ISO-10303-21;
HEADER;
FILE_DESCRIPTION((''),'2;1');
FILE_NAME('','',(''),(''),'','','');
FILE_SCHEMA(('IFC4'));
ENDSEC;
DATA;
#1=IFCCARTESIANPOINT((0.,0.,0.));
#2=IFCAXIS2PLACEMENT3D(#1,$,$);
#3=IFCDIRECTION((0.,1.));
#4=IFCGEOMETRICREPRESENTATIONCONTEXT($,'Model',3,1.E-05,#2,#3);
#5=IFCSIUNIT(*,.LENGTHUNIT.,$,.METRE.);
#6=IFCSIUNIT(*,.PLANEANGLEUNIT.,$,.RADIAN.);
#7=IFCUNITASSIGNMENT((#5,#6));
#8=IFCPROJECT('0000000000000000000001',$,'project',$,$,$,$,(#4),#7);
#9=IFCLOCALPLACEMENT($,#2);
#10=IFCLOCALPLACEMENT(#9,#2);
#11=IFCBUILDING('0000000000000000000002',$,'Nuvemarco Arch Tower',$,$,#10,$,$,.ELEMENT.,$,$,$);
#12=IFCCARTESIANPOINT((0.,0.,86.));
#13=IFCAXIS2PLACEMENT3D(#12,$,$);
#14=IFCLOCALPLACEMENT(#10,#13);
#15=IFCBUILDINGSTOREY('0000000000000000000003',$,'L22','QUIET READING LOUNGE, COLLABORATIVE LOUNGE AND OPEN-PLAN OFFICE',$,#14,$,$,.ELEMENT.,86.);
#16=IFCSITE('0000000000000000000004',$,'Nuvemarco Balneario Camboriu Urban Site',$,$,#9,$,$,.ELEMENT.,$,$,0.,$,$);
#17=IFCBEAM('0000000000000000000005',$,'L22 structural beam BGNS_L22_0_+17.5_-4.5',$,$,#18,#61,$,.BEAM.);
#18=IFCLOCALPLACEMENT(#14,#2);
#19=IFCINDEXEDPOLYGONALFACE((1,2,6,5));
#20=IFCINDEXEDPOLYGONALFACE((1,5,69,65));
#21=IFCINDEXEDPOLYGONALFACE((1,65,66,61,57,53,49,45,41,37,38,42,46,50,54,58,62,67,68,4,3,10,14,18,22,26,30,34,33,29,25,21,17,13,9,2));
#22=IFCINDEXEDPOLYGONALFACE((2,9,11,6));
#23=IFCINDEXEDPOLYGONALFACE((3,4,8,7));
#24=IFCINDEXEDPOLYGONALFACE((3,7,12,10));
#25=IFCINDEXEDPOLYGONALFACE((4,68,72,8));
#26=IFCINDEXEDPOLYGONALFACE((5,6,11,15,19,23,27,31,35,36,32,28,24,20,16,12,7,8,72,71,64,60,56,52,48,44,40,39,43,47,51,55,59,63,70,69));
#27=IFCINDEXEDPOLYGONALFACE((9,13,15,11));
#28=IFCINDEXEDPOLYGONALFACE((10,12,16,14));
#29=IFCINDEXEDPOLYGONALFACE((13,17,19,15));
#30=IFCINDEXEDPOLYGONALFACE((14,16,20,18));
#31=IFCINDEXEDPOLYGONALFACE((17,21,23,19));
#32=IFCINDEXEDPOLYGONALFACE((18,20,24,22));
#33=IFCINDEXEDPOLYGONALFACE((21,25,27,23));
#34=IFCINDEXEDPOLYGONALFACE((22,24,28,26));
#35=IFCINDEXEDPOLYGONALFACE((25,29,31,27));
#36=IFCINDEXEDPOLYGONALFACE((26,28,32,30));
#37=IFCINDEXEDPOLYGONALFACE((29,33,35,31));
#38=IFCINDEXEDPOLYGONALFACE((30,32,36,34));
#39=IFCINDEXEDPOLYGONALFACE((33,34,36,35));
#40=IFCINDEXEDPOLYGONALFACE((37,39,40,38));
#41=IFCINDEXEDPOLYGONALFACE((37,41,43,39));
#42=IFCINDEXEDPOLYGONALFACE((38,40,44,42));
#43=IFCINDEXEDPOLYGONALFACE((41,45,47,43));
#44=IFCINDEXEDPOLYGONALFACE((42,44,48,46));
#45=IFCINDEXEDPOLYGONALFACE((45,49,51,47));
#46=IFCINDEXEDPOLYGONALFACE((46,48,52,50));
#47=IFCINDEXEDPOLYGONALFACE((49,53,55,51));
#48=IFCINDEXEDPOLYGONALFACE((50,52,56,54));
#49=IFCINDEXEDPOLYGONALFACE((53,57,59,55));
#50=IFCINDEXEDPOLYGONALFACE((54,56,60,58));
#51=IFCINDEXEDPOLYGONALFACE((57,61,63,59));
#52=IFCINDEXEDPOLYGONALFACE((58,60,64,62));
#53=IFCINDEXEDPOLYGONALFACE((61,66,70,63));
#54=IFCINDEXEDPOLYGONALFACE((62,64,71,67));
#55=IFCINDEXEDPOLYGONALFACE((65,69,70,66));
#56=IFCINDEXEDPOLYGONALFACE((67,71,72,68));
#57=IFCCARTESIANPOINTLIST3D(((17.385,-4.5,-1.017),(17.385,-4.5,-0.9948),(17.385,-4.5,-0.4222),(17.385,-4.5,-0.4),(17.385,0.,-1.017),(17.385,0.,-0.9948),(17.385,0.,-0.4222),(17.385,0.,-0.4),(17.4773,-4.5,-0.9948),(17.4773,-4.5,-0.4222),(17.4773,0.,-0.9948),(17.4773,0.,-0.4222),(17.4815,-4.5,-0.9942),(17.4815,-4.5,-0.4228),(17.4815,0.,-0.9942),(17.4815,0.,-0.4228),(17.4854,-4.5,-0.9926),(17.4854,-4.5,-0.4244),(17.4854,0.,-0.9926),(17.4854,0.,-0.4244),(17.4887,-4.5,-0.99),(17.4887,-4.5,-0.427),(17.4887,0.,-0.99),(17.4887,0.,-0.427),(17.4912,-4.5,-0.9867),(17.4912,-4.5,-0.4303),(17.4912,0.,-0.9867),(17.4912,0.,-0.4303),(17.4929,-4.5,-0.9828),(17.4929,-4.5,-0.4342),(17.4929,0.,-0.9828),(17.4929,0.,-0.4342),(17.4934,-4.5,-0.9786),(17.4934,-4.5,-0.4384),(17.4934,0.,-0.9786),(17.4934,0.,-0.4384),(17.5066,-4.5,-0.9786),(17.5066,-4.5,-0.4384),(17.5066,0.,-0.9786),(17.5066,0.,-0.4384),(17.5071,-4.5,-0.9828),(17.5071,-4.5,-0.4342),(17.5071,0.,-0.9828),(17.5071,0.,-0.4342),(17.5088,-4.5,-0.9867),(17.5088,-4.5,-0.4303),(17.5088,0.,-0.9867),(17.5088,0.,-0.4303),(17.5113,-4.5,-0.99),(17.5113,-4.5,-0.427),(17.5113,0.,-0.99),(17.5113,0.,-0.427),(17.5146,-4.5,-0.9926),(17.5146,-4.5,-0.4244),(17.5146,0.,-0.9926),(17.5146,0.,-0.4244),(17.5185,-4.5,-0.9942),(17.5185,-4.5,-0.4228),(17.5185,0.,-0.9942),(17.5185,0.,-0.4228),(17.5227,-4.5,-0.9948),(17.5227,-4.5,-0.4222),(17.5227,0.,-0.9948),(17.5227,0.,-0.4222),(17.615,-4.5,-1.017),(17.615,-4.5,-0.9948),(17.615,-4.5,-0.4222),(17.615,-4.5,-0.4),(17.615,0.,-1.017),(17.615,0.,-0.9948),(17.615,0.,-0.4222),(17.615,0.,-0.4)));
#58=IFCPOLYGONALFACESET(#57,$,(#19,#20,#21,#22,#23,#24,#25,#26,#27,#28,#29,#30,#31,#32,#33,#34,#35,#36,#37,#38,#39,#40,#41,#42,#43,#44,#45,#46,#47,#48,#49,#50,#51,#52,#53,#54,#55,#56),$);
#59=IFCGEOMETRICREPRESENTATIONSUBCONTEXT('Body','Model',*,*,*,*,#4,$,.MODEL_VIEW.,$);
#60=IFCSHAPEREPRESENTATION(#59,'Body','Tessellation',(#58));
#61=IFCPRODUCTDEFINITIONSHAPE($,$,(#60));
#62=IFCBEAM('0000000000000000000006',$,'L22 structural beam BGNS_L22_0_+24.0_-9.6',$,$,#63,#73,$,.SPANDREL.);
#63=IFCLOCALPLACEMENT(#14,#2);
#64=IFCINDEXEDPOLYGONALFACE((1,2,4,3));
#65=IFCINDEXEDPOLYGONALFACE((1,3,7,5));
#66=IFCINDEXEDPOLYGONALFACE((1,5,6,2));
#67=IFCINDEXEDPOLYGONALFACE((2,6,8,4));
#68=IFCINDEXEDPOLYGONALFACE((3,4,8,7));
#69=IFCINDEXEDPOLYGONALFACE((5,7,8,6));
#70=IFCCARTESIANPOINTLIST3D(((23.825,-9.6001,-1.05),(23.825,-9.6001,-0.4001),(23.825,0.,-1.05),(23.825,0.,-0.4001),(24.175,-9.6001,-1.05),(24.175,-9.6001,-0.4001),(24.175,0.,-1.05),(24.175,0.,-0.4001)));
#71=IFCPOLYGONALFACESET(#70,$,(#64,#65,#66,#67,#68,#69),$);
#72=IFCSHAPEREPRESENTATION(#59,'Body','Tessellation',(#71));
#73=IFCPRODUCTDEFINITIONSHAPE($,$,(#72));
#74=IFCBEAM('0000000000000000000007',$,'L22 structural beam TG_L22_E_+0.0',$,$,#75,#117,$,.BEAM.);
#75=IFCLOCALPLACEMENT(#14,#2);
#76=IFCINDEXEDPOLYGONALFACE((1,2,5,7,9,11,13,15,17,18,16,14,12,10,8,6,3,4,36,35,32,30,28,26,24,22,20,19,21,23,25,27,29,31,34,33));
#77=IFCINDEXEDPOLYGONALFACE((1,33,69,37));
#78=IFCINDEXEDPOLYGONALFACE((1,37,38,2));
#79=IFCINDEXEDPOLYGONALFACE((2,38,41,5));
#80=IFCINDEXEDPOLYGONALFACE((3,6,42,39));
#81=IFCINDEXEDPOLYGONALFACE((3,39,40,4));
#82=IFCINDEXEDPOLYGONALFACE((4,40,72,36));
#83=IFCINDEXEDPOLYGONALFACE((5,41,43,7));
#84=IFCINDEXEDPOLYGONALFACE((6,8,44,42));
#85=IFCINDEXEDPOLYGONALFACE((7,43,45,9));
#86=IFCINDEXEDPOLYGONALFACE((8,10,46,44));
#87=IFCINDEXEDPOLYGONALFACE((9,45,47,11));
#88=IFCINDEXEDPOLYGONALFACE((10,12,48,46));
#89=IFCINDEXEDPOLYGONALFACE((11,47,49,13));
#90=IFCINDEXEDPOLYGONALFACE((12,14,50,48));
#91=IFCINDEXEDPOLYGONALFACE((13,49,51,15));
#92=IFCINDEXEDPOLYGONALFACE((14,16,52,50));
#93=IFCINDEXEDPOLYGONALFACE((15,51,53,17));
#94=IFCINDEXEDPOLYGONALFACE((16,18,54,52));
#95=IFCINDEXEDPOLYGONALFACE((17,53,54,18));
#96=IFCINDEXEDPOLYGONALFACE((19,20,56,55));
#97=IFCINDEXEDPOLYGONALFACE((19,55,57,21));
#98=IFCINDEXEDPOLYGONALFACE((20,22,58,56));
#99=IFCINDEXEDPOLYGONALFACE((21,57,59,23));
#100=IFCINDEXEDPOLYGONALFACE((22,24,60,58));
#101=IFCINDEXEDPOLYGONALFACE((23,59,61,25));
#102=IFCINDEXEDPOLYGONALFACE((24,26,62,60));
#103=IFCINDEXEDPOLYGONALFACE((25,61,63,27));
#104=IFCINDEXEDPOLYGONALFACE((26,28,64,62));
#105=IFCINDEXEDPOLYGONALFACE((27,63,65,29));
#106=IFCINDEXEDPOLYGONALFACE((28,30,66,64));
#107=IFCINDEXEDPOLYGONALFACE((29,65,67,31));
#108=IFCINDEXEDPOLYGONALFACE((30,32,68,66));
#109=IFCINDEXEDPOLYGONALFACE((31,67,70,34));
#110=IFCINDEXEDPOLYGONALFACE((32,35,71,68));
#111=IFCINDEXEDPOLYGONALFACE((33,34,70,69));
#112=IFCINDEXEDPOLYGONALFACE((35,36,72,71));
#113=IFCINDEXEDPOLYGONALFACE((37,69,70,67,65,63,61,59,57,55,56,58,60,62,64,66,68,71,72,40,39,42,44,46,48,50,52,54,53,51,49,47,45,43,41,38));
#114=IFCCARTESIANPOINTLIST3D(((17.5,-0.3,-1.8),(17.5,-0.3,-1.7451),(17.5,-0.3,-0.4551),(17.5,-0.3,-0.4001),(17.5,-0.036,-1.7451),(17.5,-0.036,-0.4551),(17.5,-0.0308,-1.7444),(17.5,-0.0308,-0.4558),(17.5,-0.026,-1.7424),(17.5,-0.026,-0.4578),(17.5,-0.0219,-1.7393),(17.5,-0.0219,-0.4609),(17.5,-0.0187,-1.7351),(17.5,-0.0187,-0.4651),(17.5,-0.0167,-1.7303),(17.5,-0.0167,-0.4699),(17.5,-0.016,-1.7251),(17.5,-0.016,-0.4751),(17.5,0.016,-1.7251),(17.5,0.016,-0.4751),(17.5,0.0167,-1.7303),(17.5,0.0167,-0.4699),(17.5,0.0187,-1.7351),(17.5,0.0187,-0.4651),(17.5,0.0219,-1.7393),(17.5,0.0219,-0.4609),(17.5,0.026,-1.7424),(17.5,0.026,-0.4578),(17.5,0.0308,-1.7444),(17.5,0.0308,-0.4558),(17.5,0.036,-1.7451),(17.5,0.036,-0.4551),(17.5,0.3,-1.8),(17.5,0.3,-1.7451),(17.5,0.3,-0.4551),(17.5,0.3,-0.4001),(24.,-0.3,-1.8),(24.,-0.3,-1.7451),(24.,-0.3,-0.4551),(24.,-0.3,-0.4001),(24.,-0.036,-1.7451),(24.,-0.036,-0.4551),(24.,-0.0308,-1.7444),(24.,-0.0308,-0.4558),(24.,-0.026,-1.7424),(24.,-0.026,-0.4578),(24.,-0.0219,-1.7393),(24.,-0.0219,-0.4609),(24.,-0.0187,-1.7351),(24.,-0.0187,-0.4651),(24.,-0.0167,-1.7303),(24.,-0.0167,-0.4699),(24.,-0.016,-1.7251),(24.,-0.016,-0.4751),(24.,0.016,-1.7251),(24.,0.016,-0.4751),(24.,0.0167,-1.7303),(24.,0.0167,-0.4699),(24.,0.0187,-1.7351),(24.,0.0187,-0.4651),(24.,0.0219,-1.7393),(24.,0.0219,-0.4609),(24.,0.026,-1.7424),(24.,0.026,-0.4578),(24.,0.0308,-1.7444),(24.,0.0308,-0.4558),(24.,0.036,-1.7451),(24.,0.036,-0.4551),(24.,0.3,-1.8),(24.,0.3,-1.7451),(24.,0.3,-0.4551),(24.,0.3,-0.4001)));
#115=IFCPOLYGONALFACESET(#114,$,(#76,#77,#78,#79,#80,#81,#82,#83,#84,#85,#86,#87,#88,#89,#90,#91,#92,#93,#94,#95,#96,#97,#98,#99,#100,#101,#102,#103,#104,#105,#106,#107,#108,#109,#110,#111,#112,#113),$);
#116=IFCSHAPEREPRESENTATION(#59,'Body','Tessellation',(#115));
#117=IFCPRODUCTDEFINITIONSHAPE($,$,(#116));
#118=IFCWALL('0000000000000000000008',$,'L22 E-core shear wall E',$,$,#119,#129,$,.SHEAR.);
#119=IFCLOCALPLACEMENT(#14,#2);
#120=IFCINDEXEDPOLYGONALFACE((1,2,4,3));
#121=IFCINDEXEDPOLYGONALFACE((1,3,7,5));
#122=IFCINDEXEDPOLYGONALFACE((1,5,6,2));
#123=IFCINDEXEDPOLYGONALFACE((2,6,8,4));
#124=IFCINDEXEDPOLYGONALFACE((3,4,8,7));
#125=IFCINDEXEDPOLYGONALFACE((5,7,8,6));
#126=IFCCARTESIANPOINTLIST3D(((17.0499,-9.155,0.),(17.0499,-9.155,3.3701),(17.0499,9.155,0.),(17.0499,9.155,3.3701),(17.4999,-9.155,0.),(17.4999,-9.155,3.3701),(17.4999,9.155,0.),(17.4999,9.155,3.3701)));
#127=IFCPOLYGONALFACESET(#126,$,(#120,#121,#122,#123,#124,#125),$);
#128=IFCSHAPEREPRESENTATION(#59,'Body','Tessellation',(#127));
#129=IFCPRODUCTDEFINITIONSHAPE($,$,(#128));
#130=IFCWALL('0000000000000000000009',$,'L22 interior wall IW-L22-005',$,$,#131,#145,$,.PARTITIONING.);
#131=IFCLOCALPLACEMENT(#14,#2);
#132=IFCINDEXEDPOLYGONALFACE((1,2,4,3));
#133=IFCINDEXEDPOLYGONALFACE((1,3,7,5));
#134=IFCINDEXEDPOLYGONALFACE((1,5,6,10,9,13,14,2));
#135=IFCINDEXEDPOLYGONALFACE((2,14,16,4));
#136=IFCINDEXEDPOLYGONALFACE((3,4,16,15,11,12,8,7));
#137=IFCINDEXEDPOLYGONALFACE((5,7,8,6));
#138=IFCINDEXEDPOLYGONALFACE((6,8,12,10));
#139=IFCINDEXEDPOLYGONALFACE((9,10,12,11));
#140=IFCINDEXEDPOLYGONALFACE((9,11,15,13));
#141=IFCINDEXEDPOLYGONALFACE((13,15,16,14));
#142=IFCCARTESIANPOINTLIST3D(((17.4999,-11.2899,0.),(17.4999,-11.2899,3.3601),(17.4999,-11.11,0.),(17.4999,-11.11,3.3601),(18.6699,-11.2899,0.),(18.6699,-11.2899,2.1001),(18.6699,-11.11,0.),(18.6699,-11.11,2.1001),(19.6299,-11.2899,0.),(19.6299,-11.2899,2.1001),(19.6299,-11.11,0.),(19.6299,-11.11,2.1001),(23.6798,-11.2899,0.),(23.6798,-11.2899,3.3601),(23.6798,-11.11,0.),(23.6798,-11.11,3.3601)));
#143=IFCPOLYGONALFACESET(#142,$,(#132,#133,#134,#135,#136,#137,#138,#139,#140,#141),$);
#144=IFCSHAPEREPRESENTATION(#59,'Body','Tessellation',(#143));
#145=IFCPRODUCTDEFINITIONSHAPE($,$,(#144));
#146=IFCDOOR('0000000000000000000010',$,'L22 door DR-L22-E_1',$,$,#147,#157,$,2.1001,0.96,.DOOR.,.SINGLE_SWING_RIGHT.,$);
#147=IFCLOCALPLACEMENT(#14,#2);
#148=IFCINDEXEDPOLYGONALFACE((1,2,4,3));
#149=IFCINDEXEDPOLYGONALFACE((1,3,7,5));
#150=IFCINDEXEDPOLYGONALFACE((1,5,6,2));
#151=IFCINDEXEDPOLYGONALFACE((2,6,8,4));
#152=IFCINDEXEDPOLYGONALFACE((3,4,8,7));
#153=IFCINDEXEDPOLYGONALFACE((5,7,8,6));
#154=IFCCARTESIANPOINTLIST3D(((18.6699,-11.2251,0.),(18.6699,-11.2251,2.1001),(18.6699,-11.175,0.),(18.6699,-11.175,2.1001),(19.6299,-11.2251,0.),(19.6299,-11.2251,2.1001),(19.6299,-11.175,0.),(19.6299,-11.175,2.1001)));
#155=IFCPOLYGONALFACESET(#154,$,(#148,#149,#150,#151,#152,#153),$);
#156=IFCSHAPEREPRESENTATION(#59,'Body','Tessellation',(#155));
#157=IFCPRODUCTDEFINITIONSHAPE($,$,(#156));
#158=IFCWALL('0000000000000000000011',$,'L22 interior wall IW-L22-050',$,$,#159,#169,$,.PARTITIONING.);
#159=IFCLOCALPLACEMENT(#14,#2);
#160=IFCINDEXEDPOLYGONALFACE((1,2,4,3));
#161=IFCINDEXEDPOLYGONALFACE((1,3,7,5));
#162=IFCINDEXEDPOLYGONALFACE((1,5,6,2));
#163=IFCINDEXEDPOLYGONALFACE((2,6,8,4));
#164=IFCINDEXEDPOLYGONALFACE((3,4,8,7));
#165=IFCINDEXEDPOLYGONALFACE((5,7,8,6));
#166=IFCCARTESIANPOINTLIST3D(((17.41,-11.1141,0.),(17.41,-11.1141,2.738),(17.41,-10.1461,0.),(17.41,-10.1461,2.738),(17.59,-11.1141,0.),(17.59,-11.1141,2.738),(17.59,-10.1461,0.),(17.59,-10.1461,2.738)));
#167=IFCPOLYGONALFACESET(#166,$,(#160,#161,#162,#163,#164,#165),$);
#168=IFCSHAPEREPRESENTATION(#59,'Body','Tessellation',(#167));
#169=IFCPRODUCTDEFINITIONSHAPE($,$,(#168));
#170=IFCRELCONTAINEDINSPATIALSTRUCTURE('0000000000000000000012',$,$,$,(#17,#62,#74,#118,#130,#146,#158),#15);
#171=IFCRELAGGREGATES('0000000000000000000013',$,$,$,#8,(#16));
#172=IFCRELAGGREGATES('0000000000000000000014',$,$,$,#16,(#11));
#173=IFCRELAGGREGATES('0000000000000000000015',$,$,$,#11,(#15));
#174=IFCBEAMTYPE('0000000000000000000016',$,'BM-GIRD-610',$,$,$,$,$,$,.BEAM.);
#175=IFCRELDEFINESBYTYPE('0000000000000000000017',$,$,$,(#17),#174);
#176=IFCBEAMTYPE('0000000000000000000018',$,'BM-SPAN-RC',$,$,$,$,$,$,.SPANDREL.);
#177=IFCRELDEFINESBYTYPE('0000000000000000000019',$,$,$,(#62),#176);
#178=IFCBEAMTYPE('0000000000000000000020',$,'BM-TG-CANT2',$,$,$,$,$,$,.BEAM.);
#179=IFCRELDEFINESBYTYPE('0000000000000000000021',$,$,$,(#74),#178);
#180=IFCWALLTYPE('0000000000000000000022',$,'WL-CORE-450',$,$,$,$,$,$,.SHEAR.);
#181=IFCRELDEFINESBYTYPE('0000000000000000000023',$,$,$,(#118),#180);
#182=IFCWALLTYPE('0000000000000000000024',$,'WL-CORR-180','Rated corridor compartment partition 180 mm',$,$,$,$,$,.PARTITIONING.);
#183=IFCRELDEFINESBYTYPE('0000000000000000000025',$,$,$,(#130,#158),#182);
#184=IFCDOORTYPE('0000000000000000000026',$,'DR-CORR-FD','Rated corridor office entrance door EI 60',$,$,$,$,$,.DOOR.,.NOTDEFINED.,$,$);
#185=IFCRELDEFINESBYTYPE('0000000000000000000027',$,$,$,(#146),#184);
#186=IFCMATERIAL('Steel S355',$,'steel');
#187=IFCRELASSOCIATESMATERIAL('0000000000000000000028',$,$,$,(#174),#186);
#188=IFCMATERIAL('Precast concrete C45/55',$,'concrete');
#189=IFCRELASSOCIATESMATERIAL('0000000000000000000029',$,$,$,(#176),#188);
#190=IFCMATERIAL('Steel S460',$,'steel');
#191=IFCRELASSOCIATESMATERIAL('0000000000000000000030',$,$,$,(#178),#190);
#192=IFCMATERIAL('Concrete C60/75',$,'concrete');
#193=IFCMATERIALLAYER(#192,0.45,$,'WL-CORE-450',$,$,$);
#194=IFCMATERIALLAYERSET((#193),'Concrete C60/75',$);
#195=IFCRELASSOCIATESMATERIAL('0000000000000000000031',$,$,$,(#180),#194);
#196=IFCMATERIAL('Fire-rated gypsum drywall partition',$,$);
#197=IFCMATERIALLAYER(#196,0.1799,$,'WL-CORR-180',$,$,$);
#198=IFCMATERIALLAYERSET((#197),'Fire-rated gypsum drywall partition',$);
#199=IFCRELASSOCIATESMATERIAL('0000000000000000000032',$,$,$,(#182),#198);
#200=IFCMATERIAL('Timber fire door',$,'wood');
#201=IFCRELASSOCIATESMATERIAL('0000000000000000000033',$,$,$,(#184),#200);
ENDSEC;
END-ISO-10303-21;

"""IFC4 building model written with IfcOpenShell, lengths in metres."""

from ifc_helpers import new_model, si_unit, direction, frame, frame_2d, origin, origin_2d, place, context, subcontext, project, spatial, rectangle, i_section, extrude, source, transform, mapped, material, layer, layer_set, material_profile, profile_set, type_object, type_shapes, element, fill, save


model = new_model("IFC4")

# Units and contexts
model_context = context("Model", 3, precision=1e-05, world=origin(), true_north=direction((0.0, 1.0)))
body_context = subcontext(model_context, "Body", "Model", "MODEL_VIEW")
ifc_project = project(units=[si_unit("LENGTHUNIT", "METRE"), si_unit("PLANEANGLEUNIT", "RADIAN")], contexts=[model_context])

# Site, building, storey
site_placement = place(None, origin())
site = spatial("IfcSite", under=ifc_project, at=site_placement, Name="Nuvemarco Balneario Camboriu Urban Site", CompositionType="ELEMENT", RefElevation=0.0)
building_placement = place(site_placement, origin())
building = spatial("IfcBuilding", under=site, at=building_placement, Name="Nuvemarco Arch Tower", CompositionType="ELEMENT")
storey_placement = place(building_placement, frame((0.0, 0.0, 86.0)))
storey = spatial("IfcBuildingStorey", under=building, at=storey_placement, Name="L22", Description="QUIET READING LOUNGE, COLLABORATIVE LOUNGE AND OPEN-PLAN OFFICE", CompositionType="ELEMENT", Elevation=86.0)

# Shared definitions
ifc_material_1 = material(Name="Concrete C60/75", Category="concrete")
ifc_material_2 = material(Name="Steel S460", Category="steel")

# Beams
ifc_material_3 = material(Name="Steel S355", Category="steel")
ifc_material_profile_1 = material_profile(ifc_material_3, i_section(OverallWidth=0.23, OverallDepth=0.6169, WebThickness=0.0132, FlangeThickness=0.0222, FilletRadius=0.0161, at=origin_2d()), Name="W610x140")
ifc_profile_set_1 = profile_set([ifc_material_profile_1], Name="Steel S355")
beam_type_1 = type_object("IfcBeamType", Name="BM-GIRD-610", PredefinedType="BEAM", material=ifc_profile_set_1)
beam_1_placement = place(storey_placement, frame((17.5, -4.5, -0.7085), z_axis=(0.0, 1.0, 0.0), x_axis=(-1.0, 0.0, 0.0)))
element("IfcBeam", 1, at=beam_1_placement, inside=storey, type_object=beam_type_1, Name="L22 structural beam BGNS_L22_0_+17.5_-4.5", PredefinedType="BEAM", context=body_context, shape_type="SweptSolid", body=[
    extrude(i_section(OverallWidth=0.23, OverallDepth=0.6169, WebThickness=0.0132, FlangeThickness=0.0222, FilletRadius=0.0161, at=origin_2d()), origin(), (0.0, 0.0, 1.0), 4.5),
])
ifc_material_4 = material(Name="Precast concrete C45/55", Category="concrete")
ifc_material_profile_2 = material_profile(ifc_material_4, rectangle(XDim=0.3501, YDim=0.6499, at=origin_2d()), Name="PC-SP-350x650")
ifc_profile_set_2 = profile_set([ifc_material_profile_2], Name="Precast concrete C45/55")
beam_type_2 = type_object("IfcBeamType", Name="BM-SPAN-RC", PredefinedType="SPANDREL", material=ifc_profile_set_2)
beam_2_placement = place(storey_placement, frame((24.0, -9.6001, -0.7251), z_axis=(0.0, 1.0, 0.0), x_axis=(-1.0, 0.0, 0.0)))
element("IfcBeam", 2, at=beam_2_placement, inside=storey, type_object=beam_type_2, Name="L22 structural beam BGNS_L22_0_+24.0_-9.6", PredefinedType="SPANDREL", context=body_context, shape_type="SweptSolid", body=[
    extrude(rectangle(XDim=0.3501, YDim=0.6499, at=origin_2d()), origin(), (0.0, 0.0, 1.0), 9.6001),
])
ifc_material_profile_3 = material_profile(ifc_material_2, i_section(OverallWidth=0.6001, OverallDepth=1.3999, WebThickness=0.032, FlangeThickness=0.0549, FilletRadius=0.02, at=origin_2d()), Name="PG1400x600")
ifc_profile_set_3 = profile_set([ifc_material_profile_3], Name="Steel S460")
beam_type_3 = type_object("IfcBeamType", Name="BM-TG-CANT2", PredefinedType="BEAM", material=ifc_profile_set_3)
beam_3_placement = place(storey_placement, frame((17.5, 0.0, -1.1001), z_axis=(1.0, 0.0, 0.0), x_axis=(0.0, 1.0, 0.0)))
element("IfcBeam", 3, at=beam_3_placement, inside=storey, type_object=beam_type_3, Name="L22 structural beam TG_L22_E_+0.0", PredefinedType="BEAM", context=body_context, shape_type="SweptSolid", body=[
    extrude(i_section(OverallWidth=0.6001, OverallDepth=1.3999, WebThickness=0.032, FlangeThickness=0.0549, FilletRadius=0.02, at=origin_2d()), origin(), (0.0, 0.0, 1.0), 6.5),
])

# Wall
ifc_layer_1 = layer(ifc_material_1, 0.45, Name="WL-CORE-450")
ifc_layer_set_1 = layer_set([ifc_layer_1], Name="Concrete C60/75")
wall_type_1 = type_object("IfcWallType", Name="WL-CORE-450", PredefinedType="SHEAR", material=ifc_layer_set_1)
wall_1_placement = place(storey_placement, frame((17.2749, -9.155, 0.0), z_axis=(0.0, 0.0, 1.0), x_axis=(0.0, 1.0, 0.0)))
element("IfcWall", 4, at=wall_1_placement, inside=storey, type_object=wall_type_1, Name="L22 E-core shear wall E", PredefinedType="SHEAR", context=body_context, shape_type="SweptSolid", body=[
    extrude(rectangle(XDim=18.3101, YDim=0.45, at=frame_2d((9.155, 0.0))), origin(), (0.0, 0.0, 1.0), 3.3701),
])

# Wall, opening, door
ifc_material_5 = material(Name="Fire-rated gypsum drywall partition")
ifc_layer_2 = layer(ifc_material_5, 0.1799, Name="WL-CORR-180")
ifc_layer_set_2 = layer_set([ifc_layer_2], Name="Fire-rated gypsum drywall partition")
wall_type_2 = type_object("IfcWallType", Name="WL-CORR-180", Description="Rated corridor compartment partition 180 mm", PredefinedType="PARTITIONING", material=ifc_layer_set_2)
wall_2_placement = place(storey_placement, frame((17.5, -11.2, 0.0), z_axis=(0.0, 0.0, 1.0), x_axis=(1.0, 0.0, 0.0)))
wall_2 = element("IfcWall", 5, at=wall_2_placement, inside=storey, type_object=wall_type_2, Name="L22 interior wall IW-L22-005", PredefinedType="PARTITIONING", context=body_context, shape_type="SweptSolid", body=[
    extrude(rectangle(XDim=6.1799, YDim=0.1799, at=frame_2d((3.0898, 0.0))), origin(), (0.0, 0.0, 1.0), 3.3601),
])
opening_1_placement = place(wall_2_placement, frame((1.1699, 0.0, 0.0)))
opening_1 = element("IfcOpeningElement", 6, at=opening_1_placement, cuts=wall_2, PredefinedType="OPENING", context=body_context, shape_type="SweptSolid", body=[
    extrude(rectangle(XDim=0.96, YDim=2.1001, at=frame_2d((0.48, 1.05))), frame((0.0, 0.0999, 0.0), z_axis=(0.0, -1.0, 0.0), x_axis=(1.0, 0.0, 0.0)), (0.0, 0.0, 1.0), 0.2),
])
ifc_material_6 = material(Name="Timber fire door", Category="wood")
door_type_1 = type_object("IfcDoorType", Name="DR-CORR-FD", Description="Rated corridor office entrance door EI 60", OperationType="NOTDEFINED", PredefinedType="DOOR", material=ifc_material_6)
shared_shape_1 = source(origin(), body_context, "Body", "SweptSolid", [
    extrude(rectangle(XDim=0.96, YDim=2.1001, at=frame_2d((0.48, 1.05))), frame((0.0, 0.0249, 0.0), z_axis=(0.0, -1.0, 0.0), x_axis=(1.0, 0.0, 0.0)), (0.0, 0.0, 1.0), 0.05),
])
type_shapes(door_type_1, [shared_shape_1])
door_1_placement = place(opening_1_placement, origin())
door_1 = element("IfcDoor", 7, at=door_1_placement, inside=storey, type_object=door_type_1, Name="L22 door DR-L22-E_1", OperationType="SINGLE_SWING_RIGHT", OverallHeight=2.1001, OverallWidth=0.96, PredefinedType="DOOR", context=body_context, shape_type="MappedRepresentation", body=[
    mapped(shared_shape_1, transform((0.0, 0.0, 0.0), scale=1.0)),
])
fill(opening_1, door_1)

# Wall
wall_3_placement = place(storey_placement, frame((17.5, -11.114, 0.0), z_axis=(0.0, 0.0, 1.0), x_axis=(0.0, 1.0, 0.0)))
element("IfcWall", 8, at=wall_3_placement, inside=storey, type_object=wall_type_2, Name="L22 interior wall IW-L22-050", PredefinedType="PARTITIONING", context=body_context, shape_type="SweptSolid", body=[
    extrude(rectangle(XDim=0.968, YDim=0.1799, at=frame_2d((0.4839, 0.0))), origin(), (0.0, 0.0, 1.0), 2.738),
])

save(model, "model.ifc")
